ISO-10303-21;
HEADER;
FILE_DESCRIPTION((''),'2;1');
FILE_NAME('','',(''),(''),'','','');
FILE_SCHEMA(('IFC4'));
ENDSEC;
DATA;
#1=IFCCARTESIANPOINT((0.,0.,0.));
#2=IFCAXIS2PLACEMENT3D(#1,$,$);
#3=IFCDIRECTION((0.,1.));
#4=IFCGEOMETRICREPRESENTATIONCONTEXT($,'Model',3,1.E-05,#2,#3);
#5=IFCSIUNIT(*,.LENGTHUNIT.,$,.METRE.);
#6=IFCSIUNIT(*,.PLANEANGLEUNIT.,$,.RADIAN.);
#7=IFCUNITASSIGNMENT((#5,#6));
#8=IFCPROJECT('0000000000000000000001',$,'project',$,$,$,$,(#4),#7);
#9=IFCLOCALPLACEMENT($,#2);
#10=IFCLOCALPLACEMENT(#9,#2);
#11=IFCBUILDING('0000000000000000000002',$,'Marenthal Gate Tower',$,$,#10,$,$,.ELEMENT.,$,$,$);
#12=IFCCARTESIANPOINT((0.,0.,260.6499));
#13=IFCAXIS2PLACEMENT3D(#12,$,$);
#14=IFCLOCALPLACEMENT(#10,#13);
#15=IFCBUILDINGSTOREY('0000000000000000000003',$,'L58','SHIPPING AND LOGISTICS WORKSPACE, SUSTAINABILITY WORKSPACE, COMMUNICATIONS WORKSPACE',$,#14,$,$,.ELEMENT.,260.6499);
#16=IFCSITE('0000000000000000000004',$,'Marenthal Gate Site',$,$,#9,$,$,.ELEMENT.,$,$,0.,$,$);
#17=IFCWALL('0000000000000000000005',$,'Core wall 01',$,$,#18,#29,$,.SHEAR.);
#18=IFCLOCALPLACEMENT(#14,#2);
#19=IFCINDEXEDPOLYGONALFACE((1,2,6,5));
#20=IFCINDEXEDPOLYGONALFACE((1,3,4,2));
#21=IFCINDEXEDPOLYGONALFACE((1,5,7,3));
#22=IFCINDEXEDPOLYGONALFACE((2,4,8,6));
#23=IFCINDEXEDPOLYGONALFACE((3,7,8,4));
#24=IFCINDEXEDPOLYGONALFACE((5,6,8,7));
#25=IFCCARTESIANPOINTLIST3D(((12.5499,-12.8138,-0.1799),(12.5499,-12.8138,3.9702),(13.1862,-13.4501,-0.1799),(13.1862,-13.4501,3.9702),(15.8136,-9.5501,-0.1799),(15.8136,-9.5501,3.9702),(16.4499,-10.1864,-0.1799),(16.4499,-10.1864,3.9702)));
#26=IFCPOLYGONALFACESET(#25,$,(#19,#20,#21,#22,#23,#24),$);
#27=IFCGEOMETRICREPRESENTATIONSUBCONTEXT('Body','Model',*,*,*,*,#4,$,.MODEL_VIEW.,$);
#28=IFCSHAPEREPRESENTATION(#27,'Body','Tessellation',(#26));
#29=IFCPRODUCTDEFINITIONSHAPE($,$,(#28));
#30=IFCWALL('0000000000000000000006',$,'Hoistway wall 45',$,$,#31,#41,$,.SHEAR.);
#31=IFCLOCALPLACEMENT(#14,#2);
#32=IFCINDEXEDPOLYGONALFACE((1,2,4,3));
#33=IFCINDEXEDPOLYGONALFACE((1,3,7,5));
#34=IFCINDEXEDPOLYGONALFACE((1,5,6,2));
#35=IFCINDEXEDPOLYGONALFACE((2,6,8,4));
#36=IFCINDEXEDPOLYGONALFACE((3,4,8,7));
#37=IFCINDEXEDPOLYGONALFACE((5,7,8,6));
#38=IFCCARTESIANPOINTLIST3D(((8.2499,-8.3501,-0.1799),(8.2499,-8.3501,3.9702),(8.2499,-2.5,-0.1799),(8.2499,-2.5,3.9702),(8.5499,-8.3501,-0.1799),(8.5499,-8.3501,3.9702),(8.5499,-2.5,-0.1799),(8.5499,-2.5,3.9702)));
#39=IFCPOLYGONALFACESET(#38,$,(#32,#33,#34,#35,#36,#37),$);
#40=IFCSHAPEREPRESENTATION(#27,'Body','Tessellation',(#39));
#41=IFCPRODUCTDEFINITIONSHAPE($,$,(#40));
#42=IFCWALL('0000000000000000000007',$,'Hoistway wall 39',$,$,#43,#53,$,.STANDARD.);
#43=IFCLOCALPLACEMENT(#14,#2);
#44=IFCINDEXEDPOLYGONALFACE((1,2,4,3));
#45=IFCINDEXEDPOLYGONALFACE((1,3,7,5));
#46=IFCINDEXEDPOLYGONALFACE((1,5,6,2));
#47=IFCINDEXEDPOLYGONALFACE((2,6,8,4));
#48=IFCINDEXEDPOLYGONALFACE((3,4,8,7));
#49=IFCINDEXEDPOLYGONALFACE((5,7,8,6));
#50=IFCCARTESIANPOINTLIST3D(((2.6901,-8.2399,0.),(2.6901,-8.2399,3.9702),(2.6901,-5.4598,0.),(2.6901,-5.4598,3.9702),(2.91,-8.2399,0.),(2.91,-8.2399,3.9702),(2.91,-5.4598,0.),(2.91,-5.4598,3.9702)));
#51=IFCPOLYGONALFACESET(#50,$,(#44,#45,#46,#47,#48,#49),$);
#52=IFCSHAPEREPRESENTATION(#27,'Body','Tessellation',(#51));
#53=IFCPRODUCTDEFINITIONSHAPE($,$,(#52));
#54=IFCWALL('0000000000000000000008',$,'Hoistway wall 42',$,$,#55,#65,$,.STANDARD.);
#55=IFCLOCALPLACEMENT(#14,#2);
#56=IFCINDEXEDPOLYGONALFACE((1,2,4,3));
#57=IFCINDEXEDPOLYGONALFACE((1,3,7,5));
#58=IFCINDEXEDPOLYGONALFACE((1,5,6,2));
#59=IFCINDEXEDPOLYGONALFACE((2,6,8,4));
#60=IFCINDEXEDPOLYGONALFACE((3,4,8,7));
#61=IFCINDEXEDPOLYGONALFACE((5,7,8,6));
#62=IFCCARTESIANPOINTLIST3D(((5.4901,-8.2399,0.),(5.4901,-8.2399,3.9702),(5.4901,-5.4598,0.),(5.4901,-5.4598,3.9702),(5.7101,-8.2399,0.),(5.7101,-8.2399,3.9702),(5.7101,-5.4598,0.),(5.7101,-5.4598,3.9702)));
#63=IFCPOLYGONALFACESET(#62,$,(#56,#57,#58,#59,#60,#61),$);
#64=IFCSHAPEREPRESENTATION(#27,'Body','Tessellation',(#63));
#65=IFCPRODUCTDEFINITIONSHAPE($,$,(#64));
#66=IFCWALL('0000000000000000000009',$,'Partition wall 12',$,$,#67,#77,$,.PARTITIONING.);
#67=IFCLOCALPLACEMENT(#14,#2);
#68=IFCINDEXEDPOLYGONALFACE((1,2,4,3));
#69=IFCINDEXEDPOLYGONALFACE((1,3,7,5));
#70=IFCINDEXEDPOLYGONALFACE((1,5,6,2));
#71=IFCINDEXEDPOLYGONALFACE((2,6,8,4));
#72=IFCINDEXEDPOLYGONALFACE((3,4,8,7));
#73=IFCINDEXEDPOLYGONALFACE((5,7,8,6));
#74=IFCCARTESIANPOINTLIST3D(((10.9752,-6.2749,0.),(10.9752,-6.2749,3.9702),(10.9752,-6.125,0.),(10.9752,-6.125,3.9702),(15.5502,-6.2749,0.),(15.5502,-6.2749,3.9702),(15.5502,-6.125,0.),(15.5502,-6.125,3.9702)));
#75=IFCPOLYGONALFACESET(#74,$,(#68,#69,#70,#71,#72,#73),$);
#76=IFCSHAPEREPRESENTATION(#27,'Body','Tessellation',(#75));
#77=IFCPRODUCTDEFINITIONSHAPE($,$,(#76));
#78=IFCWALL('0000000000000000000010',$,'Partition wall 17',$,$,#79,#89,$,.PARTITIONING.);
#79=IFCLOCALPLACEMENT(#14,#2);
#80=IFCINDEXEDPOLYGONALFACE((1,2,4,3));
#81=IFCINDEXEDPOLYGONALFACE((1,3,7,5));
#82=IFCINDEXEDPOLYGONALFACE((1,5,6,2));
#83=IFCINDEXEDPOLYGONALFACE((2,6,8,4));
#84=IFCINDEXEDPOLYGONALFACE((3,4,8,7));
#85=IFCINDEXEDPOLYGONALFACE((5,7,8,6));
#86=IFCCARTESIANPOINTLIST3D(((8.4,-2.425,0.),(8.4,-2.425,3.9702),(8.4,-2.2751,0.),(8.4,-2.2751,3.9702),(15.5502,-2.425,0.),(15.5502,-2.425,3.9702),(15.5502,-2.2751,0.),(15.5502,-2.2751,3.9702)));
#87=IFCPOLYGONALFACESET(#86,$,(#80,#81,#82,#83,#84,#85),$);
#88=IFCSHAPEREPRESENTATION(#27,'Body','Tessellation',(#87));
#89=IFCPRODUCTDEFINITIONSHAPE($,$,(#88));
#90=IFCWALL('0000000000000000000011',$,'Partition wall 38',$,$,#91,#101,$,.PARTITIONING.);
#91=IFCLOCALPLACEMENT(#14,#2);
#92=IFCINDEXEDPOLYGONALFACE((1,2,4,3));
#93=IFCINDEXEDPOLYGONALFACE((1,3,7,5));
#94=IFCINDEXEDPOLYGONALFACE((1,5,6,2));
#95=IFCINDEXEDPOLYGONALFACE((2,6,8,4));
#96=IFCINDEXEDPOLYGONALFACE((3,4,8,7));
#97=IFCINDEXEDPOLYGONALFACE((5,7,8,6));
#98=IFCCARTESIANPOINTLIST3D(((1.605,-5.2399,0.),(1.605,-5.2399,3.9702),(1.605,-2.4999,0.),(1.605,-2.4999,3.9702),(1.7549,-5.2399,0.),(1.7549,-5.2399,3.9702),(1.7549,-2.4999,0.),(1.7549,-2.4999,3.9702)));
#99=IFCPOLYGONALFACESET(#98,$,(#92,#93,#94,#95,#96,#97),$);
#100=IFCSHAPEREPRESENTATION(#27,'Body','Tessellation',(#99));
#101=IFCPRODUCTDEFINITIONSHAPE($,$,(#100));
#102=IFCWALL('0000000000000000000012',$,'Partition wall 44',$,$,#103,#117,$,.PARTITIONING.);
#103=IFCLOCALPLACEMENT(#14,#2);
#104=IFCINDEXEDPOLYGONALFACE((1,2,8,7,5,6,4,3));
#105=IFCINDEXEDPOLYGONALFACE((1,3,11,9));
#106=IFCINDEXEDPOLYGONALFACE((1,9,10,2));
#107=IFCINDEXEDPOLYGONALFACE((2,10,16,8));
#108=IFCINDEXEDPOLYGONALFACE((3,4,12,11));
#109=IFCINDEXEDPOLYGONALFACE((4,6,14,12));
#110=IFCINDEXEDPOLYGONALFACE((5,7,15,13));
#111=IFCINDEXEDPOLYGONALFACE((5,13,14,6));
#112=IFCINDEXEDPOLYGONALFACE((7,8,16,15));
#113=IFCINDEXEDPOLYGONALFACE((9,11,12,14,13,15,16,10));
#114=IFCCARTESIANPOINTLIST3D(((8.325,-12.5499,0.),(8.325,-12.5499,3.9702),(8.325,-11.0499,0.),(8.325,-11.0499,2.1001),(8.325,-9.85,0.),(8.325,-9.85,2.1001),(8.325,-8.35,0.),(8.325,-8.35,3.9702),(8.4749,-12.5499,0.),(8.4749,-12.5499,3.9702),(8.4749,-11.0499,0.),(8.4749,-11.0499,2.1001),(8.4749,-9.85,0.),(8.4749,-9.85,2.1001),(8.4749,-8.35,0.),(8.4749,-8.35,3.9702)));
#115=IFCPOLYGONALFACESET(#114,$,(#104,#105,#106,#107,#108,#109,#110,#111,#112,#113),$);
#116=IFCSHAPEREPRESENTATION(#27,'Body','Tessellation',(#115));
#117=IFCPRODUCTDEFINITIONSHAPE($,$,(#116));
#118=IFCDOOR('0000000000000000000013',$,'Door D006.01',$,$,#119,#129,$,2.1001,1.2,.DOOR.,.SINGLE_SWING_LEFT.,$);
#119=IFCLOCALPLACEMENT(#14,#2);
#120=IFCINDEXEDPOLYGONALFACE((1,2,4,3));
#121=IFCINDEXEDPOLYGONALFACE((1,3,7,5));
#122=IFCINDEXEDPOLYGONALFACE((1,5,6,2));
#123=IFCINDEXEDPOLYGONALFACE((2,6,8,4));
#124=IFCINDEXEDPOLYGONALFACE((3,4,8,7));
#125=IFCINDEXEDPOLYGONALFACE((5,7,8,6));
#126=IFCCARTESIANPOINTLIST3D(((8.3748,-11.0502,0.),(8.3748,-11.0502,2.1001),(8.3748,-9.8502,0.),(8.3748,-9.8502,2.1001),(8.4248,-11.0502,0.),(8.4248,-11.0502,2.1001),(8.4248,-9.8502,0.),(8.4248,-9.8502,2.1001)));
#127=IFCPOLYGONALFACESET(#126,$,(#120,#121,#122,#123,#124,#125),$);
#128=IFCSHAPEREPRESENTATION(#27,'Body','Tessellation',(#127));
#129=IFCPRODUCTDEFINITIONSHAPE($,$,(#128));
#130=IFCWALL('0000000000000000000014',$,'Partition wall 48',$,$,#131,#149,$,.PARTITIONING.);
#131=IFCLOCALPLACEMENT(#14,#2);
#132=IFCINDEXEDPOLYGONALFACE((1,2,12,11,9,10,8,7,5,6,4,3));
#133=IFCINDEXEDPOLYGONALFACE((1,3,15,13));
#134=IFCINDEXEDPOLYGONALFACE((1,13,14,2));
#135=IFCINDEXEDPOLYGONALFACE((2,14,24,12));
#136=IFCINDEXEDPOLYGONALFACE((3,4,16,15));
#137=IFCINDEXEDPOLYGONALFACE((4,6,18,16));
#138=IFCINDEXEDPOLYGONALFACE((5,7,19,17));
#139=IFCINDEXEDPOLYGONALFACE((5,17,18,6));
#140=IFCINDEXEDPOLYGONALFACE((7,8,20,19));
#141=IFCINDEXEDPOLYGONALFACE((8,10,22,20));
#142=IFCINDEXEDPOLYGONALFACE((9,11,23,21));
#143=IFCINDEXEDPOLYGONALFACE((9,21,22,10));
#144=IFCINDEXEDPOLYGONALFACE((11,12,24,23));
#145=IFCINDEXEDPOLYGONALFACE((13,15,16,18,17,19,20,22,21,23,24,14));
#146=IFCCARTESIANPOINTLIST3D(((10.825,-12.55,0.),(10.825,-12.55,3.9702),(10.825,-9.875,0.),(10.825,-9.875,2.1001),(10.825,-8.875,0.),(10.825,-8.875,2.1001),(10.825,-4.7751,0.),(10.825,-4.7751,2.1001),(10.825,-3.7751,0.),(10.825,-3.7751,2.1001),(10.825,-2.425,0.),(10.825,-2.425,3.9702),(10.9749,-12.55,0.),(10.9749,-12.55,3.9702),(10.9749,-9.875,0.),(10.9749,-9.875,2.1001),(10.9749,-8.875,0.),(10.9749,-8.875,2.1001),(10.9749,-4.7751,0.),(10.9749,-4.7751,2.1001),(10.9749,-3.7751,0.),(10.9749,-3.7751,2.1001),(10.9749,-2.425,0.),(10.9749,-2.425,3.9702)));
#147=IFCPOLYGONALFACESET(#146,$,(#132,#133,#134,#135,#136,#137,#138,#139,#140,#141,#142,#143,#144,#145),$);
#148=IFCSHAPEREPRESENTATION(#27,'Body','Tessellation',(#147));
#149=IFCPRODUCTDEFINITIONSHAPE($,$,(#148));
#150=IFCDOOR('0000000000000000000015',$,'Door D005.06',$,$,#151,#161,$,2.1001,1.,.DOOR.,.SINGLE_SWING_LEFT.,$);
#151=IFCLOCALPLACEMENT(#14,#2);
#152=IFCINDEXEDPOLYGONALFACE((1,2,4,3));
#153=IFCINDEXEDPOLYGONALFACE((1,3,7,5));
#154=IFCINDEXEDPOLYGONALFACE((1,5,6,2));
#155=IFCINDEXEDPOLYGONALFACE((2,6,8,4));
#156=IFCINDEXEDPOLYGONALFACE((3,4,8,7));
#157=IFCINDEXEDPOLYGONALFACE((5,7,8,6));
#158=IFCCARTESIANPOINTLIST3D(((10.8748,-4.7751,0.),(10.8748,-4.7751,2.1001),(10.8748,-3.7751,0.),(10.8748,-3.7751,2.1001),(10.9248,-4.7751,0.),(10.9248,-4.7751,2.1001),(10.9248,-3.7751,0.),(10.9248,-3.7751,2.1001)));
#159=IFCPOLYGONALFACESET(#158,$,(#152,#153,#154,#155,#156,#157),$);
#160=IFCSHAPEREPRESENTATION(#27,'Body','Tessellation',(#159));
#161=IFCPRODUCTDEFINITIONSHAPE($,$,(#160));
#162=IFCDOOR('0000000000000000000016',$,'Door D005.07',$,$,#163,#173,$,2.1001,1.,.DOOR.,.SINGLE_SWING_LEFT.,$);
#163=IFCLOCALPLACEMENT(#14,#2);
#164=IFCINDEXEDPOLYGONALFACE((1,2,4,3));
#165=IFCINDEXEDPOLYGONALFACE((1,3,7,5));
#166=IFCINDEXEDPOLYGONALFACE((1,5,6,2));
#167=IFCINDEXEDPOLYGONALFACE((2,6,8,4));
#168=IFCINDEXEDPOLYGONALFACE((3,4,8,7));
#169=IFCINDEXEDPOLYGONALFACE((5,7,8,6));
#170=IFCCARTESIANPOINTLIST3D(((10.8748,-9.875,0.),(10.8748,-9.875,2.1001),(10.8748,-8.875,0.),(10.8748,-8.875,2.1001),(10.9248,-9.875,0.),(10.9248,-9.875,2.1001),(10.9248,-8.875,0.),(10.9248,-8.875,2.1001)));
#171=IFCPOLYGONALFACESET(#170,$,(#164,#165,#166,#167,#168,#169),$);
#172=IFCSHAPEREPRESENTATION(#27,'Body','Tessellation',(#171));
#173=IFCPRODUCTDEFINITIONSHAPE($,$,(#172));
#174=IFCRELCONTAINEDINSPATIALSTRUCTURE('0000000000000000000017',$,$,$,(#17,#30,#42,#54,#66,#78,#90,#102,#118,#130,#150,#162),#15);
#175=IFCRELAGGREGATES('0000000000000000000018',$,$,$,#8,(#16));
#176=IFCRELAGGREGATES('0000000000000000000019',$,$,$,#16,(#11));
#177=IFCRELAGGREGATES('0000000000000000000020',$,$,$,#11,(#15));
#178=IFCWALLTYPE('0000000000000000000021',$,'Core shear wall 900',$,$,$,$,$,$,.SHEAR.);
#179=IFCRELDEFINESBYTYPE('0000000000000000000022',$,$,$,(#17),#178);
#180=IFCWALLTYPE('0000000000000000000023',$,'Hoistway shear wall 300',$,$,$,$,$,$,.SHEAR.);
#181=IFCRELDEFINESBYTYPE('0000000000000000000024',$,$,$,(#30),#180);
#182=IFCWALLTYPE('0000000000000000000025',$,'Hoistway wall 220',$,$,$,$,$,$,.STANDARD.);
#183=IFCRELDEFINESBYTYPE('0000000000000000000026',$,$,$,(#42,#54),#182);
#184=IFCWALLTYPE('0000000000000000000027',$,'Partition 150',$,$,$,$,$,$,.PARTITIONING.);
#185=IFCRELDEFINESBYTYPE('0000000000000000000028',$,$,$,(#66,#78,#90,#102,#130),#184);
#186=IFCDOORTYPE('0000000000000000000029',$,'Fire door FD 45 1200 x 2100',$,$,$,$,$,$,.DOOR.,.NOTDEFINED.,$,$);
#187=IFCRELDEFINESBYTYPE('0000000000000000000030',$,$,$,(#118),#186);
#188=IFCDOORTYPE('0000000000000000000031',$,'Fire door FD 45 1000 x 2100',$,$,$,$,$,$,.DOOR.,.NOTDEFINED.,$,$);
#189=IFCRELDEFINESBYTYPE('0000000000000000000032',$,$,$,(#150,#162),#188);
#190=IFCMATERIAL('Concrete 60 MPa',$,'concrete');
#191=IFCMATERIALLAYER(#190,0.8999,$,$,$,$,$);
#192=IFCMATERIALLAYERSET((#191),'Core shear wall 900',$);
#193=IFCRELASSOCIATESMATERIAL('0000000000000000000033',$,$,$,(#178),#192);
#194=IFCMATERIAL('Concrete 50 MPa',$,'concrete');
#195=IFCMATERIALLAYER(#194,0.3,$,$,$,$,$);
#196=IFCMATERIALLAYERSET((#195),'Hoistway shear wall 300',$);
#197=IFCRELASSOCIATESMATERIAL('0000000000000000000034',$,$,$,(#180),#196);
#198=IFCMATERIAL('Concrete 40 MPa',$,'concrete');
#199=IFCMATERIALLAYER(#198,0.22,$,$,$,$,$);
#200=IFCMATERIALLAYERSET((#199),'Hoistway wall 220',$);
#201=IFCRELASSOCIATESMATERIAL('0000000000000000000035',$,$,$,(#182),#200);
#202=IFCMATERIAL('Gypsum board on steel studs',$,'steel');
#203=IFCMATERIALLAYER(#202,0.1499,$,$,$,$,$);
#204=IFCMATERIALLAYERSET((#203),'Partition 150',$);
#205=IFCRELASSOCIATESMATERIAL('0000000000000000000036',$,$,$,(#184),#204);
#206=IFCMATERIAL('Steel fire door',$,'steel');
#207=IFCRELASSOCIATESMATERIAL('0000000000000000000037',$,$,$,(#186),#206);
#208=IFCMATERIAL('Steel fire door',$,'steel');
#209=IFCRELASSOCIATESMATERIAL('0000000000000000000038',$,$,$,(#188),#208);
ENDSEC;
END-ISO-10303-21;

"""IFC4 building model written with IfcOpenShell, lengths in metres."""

from ifc_helpers import new_model, si_unit, direction, frame, frame_2d, origin, place, context, subcontext, project, spatial, rectangle, extrude, material, layer, layer_set, type_object, element, fill, save


model = new_model("IFC4")

# Units and contexts
model_context = context("Model", 3, precision=1e-05, world=origin(), true_north=direction((0.0, 1.0)))
body_context = subcontext(model_context, "Body", "Model", "MODEL_VIEW")
ifc_project = project(units=[si_unit("LENGTHUNIT", "METRE"), si_unit("PLANEANGLEUNIT", "RADIAN")], contexts=[model_context])

# Site, building, storey
site_placement = place(None, origin())
site = spatial("IfcSite", under=ifc_project, at=site_placement, Name="Marenthal Gate Site", CompositionType="ELEMENT", RefElevation=0.0)
building_placement = place(site_placement, origin())
building = spatial("IfcBuilding", under=site, at=building_placement, Name="Marenthal Gate Tower", CompositionType="ELEMENT")
storey_placement = place(building_placement, frame((0.0, 0.0, 260.6499)))
storey = spatial("IfcBuildingStorey", under=building, at=storey_placement, Name="L58", Description="SHIPPING AND LOGISTICS WORKSPACE, SUSTAINABILITY WORKSPACE, COMMUNICATIONS WORKSPACE", CompositionType="ELEMENT", Elevation=260.6499)

# Walls
ifc_material_1 = material(Name="Concrete 60 MPa", Category="concrete")
ifc_layer_1 = layer(ifc_material_1, 0.8999)
ifc_layer_set_1 = layer_set([ifc_layer_1], Name="Core shear wall 900")
wall_type_1 = type_object("IfcWallType", Name="Core shear wall 900", PredefinedType="SHEAR", material=ifc_layer_set_1)
wall_1_placement = place(storey_placement, frame((12.8682, -13.1318, -0.1799), z_axis=(0.0, 0.0, 1.0), x_axis=(0.707107, 0.707107, 0.0)))
element("IfcWall", 1, at=wall_1_placement, inside=storey, type_object=wall_type_1, Name="Core wall 01", PredefinedType="SHEAR", context=body_context, shape_type="SweptSolid", body=[
    extrude(rectangle(XDim=4.6155, YDim=0.8999, at=frame_2d((2.3076, 0.0))), origin(), (0.0, 0.0, 1.0), 4.1501),
])
ifc_material_2 = material(Name="Concrete 50 MPa", Category="concrete")
ifc_layer_2 = layer(ifc_material_2, 0.3)
ifc_layer_set_2 = layer_set([ifc_layer_2], Name="Hoistway shear wall 300")
wall_type_2 = type_object("IfcWallType", Name="Hoistway shear wall 300", PredefinedType="SHEAR", material=ifc_layer_set_2)
wall_2_placement = place(storey_placement, frame((8.3999, -8.3501, -0.1799), z_axis=(0.0, 0.0, 1.0), x_axis=(0.0, 1.0, 0.0)))
element("IfcWall", 2, at=wall_2_placement, inside=storey, type_object=wall_type_2, Name="Hoistway wall 45", PredefinedType="SHEAR", context=body_context, shape_type="SweptSolid", body=[
    extrude(rectangle(XDim=5.8501, YDim=0.3, at=frame_2d((2.925, 0.0))), origin(), (0.0, 0.0, 1.0), 4.1501),
])
ifc_material_3 = material(Name="Concrete 40 MPa", Category="concrete")
ifc_layer_3 = layer(ifc_material_3, 0.22)
ifc_layer_set_3 = layer_set([ifc_layer_3], Name="Hoistway wall 220")
wall_type_3 = type_object("IfcWallType", Name="Hoistway wall 220", PredefinedType="STANDARD", material=ifc_layer_set_3)
for number, where, z_axis, x_axis, name in (
    (3, (2.8, -8.24, 0.0), (0.0, 0.0, 1.0), (0.0, 1.0, 0.0), "Hoistway wall 39"),
    (4, (5.6001, -8.24, 0.0), (0.0, 0.0, 1.0), (0.0, 1.0, 0.0), "Hoistway wall 42"),
):
    element("IfcWall", number, at=place(storey_placement, frame(where, z_axis=z_axis, x_axis=x_axis)), inside=storey, type_object=wall_type_3, Name=name, PredefinedType="STANDARD", context=body_context, shape_type="SweptSolid", body=[
        extrude(rectangle(XDim=2.78, YDim=0.22, at=frame_2d((1.3901, 0.0))), origin(), (0.0, 0.0, 1.0), 3.9702),
    ])
ifc_material_4 = material(Name="Gypsum board on steel studs", Category="steel")
ifc_layer_4 = layer(ifc_material_4, 0.1499)
ifc_layer_set_4 = layer_set([ifc_layer_4], Name="Partition 150")
wall_type_4 = type_object("IfcWallType", Name="Partition 150", PredefinedType="PARTITIONING", material=ifc_layer_set_4)
wall_3_placement = place(storey_placement, frame((10.9751, -6.2, 0.0), z_axis=(0.0, 0.0, 1.0), x_axis=(1.0, 0.0, 0.0)))
element("IfcWall", 5, at=wall_3_placement, inside=storey, type_object=wall_type_4, Name="Partition wall 12", PredefinedType="PARTITIONING", context=body_context, shape_type="SweptSolid", body=[
    extrude(rectangle(XDim=4.575, YDim=0.1499, at=frame_2d((2.2876, 0.0))), origin(), (0.0, 0.0, 1.0), 3.9702),
])
wall_4_placement = place(storey_placement, frame((8.3999, -2.3501, 0.0), z_axis=(0.0, 0.0, 1.0), x_axis=(1.0, 0.0, 0.0)))
element("IfcWall", 6, at=wall_4_placement, inside=storey, type_object=wall_type_4, Name="Partition wall 17", PredefinedType="PARTITIONING", context=body_context, shape_type="SweptSolid", body=[
    extrude(rectangle(XDim=7.1501, YDim=0.1499, at=frame_2d((3.5752, 0.0))), origin(), (0.0, 0.0, 1.0), 3.9702),
])
wall_5_placement = place(storey_placement, frame((1.6799, -5.24, 0.0), z_axis=(0.0, 0.0, 1.0), x_axis=(0.0, 1.0, 0.0)))
element("IfcWall", 7, at=wall_5_placement, inside=storey, type_object=wall_type_4, Name="Partition wall 38", PredefinedType="PARTITIONING", context=body_context, shape_type="SweptSolid", body=[
    extrude(rectangle(XDim=2.74, YDim=0.1499, at=frame_2d((1.3701, 0.0))), origin(), (0.0, 0.0, 1.0), 3.9702),
])

# Wall, opening, door
wall_6_placement = place(storey_placement, frame((8.3999, -12.55, 0.0), z_axis=(0.0, 0.0, 1.0), x_axis=(0.0, 1.0, 0.0)))
wall_6 = element("IfcWall", 8, at=wall_6_placement, inside=storey, type_object=wall_type_4, Name="Partition wall 44", PredefinedType="PARTITIONING", context=body_context, shape_type="SweptSolid", body=[
    extrude(rectangle(XDim=4.2, YDim=0.1499, at=frame_2d((2.1001, 0.0))), origin(), (0.0, 0.0, 1.0), 3.9702),
])
opening_1_placement = place(wall_6_placement, frame((1.5, 0.0, 0.0)))
opening_1 = element("IfcOpeningElement", 9, at=opening_1_placement, cuts=wall_6, PredefinedType="OPENING", context=body_context, shape_type="SweptSolid", body=[
    extrude(rectangle(XDim=1.2, YDim=2.1001, at=frame_2d((0.6001, 1.05))), frame((0.0, 0.085, 0.0), z_axis=(0.0, -1.0, 0.0), x_axis=(1.0, 0.0, 0.0)), (0.0, 0.0, 1.0), 0.1699),
])
ifc_material_5 = material(Name="Steel fire door", Category="steel")
door_type_1 = type_object("IfcDoorType", Name="Fire door FD 45 1200 x 2100", OperationType="NOTDEFINED", PredefinedType="DOOR", material=ifc_material_5)
door_1_placement = place(opening_1_placement, frame((1.2, 0.0, 0.0), z_axis=(0.0, 0.0, 1.0), x_axis=(-1.0, 0.0, 0.0)))
door_1 = element("IfcDoor", 10, at=door_1_placement, inside=storey, type_object=door_type_1, Name="Door D006.01", OperationType="SINGLE_SWING_LEFT", OverallHeight=2.1001, OverallWidth=1.2, PredefinedType="DOOR", context=body_context, shape_type="SweptSolid", body=[
    extrude(rectangle(XDim=1.2, YDim=2.1001, at=frame_2d((0.6001, 1.05))), frame((0.0, 0.0249, 0.0), z_axis=(0.0, -1.0, 0.0), x_axis=(1.0, 0.0, 0.0)), (0.0, 0.0, 1.0), 0.05),
])
fill(opening_1, door_1)

# Wall, openings, doors
wall_7_placement = place(storey_placement, frame((10.8999, -12.55, 0.0), z_axis=(0.0, 0.0, 1.0), x_axis=(0.0, 1.0, 0.0)))
wall_7 = element("IfcWall", 11, at=wall_7_placement, inside=storey, type_object=wall_type_4, Name="Partition wall 48", PredefinedType="PARTITIONING", context=body_context, shape_type="SweptSolid", body=[
    extrude(rectangle(XDim=10.125, YDim=0.1499, at=frame_2d((5.0625, 0.0))), origin(), (0.0, 0.0, 1.0), 3.9702),
])
opening_2_placement = place(wall_7_placement, frame((7.7749, 0.0, 0.0)))
opening_2 = element("IfcOpeningElement", 12, at=opening_2_placement, cuts=wall_7, PredefinedType="OPENING", context=body_context, shape_type="SweptSolid", body=[
    extrude(rectangle(XDim=1.0, YDim=2.1001, at=frame_2d((0.5, 1.05))), frame((0.0, 0.085, 0.0), z_axis=(0.0, -1.0, 0.0), x_axis=(1.0, 0.0, 0.0)), (0.0, 0.0, 1.0), 0.1699),
])
opening_3_placement = place(wall_7_placement, frame((2.675, 0.0, 0.0)))
opening_3 = element("IfcOpeningElement", 13, at=opening_3_placement, cuts=wall_7, PredefinedType="OPENING", context=body_context, shape_type="SweptSolid", body=[
    extrude(rectangle(XDim=1.0, YDim=2.1001, at=frame_2d((0.5, 1.05))), frame((0.0, 0.085, 0.0), z_axis=(0.0, -1.0, 0.0), x_axis=(1.0, 0.0, 0.0)), (0.0, 0.0, 1.0), 0.1699),
])
ifc_material_6 = material(Name="Steel fire door", Category="steel")
door_type_2 = type_object("IfcDoorType", Name="Fire door FD 45 1000 x 2100", OperationType="NOTDEFINED", PredefinedType="DOOR", material=ifc_material_6)
door_2_placement = place(opening_2_placement, frame((1.0, 0.0, 0.0), z_axis=(0.0, 0.0, 1.0), x_axis=(-1.0, 0.0, 0.0)))
door_2 = element("IfcDoor", 14, at=door_2_placement, inside=storey, type_object=door_type_2, Name="Door D005.06", OperationType="SINGLE_SWING_LEFT", OverallHeight=2.1001, OverallWidth=1.0, PredefinedType="DOOR", context=body_context, shape_type="SweptSolid", body=[
    extrude(rectangle(XDim=1.0, YDim=2.1001, at=frame_2d((0.5, 1.05))), frame((0.0, 0.0249, 0.0), z_axis=(0.0, -1.0, 0.0), x_axis=(1.0, 0.0, 0.0)), (0.0, 0.0, 1.0), 0.05),
])
fill(opening_2, door_2)
door_3_placement = place(opening_3_placement, frame((1.0, 0.0, 0.0), z_axis=(0.0, 0.0, 1.0), x_axis=(-1.0, 0.0, 0.0)))
door_3 = element("IfcDoor", 15, at=door_3_placement, inside=storey, type_object=door_type_2, Name="Door D005.07", OperationType="SINGLE_SWING_LEFT", OverallHeight=2.1001, OverallWidth=1.0, PredefinedType="DOOR", context=body_context, shape_type="SweptSolid", body=[
    extrude(rectangle(XDim=1.0, YDim=2.1001, at=frame_2d((0.5, 1.05))), frame((0.0, 0.0249, 0.0), z_axis=(0.0, -1.0, 0.0), x_axis=(1.0, 0.0, 0.0)), (0.0, 0.0, 1.0), 0.05),
])
fill(opening_3, door_3)

save(model, "model.ifc")
